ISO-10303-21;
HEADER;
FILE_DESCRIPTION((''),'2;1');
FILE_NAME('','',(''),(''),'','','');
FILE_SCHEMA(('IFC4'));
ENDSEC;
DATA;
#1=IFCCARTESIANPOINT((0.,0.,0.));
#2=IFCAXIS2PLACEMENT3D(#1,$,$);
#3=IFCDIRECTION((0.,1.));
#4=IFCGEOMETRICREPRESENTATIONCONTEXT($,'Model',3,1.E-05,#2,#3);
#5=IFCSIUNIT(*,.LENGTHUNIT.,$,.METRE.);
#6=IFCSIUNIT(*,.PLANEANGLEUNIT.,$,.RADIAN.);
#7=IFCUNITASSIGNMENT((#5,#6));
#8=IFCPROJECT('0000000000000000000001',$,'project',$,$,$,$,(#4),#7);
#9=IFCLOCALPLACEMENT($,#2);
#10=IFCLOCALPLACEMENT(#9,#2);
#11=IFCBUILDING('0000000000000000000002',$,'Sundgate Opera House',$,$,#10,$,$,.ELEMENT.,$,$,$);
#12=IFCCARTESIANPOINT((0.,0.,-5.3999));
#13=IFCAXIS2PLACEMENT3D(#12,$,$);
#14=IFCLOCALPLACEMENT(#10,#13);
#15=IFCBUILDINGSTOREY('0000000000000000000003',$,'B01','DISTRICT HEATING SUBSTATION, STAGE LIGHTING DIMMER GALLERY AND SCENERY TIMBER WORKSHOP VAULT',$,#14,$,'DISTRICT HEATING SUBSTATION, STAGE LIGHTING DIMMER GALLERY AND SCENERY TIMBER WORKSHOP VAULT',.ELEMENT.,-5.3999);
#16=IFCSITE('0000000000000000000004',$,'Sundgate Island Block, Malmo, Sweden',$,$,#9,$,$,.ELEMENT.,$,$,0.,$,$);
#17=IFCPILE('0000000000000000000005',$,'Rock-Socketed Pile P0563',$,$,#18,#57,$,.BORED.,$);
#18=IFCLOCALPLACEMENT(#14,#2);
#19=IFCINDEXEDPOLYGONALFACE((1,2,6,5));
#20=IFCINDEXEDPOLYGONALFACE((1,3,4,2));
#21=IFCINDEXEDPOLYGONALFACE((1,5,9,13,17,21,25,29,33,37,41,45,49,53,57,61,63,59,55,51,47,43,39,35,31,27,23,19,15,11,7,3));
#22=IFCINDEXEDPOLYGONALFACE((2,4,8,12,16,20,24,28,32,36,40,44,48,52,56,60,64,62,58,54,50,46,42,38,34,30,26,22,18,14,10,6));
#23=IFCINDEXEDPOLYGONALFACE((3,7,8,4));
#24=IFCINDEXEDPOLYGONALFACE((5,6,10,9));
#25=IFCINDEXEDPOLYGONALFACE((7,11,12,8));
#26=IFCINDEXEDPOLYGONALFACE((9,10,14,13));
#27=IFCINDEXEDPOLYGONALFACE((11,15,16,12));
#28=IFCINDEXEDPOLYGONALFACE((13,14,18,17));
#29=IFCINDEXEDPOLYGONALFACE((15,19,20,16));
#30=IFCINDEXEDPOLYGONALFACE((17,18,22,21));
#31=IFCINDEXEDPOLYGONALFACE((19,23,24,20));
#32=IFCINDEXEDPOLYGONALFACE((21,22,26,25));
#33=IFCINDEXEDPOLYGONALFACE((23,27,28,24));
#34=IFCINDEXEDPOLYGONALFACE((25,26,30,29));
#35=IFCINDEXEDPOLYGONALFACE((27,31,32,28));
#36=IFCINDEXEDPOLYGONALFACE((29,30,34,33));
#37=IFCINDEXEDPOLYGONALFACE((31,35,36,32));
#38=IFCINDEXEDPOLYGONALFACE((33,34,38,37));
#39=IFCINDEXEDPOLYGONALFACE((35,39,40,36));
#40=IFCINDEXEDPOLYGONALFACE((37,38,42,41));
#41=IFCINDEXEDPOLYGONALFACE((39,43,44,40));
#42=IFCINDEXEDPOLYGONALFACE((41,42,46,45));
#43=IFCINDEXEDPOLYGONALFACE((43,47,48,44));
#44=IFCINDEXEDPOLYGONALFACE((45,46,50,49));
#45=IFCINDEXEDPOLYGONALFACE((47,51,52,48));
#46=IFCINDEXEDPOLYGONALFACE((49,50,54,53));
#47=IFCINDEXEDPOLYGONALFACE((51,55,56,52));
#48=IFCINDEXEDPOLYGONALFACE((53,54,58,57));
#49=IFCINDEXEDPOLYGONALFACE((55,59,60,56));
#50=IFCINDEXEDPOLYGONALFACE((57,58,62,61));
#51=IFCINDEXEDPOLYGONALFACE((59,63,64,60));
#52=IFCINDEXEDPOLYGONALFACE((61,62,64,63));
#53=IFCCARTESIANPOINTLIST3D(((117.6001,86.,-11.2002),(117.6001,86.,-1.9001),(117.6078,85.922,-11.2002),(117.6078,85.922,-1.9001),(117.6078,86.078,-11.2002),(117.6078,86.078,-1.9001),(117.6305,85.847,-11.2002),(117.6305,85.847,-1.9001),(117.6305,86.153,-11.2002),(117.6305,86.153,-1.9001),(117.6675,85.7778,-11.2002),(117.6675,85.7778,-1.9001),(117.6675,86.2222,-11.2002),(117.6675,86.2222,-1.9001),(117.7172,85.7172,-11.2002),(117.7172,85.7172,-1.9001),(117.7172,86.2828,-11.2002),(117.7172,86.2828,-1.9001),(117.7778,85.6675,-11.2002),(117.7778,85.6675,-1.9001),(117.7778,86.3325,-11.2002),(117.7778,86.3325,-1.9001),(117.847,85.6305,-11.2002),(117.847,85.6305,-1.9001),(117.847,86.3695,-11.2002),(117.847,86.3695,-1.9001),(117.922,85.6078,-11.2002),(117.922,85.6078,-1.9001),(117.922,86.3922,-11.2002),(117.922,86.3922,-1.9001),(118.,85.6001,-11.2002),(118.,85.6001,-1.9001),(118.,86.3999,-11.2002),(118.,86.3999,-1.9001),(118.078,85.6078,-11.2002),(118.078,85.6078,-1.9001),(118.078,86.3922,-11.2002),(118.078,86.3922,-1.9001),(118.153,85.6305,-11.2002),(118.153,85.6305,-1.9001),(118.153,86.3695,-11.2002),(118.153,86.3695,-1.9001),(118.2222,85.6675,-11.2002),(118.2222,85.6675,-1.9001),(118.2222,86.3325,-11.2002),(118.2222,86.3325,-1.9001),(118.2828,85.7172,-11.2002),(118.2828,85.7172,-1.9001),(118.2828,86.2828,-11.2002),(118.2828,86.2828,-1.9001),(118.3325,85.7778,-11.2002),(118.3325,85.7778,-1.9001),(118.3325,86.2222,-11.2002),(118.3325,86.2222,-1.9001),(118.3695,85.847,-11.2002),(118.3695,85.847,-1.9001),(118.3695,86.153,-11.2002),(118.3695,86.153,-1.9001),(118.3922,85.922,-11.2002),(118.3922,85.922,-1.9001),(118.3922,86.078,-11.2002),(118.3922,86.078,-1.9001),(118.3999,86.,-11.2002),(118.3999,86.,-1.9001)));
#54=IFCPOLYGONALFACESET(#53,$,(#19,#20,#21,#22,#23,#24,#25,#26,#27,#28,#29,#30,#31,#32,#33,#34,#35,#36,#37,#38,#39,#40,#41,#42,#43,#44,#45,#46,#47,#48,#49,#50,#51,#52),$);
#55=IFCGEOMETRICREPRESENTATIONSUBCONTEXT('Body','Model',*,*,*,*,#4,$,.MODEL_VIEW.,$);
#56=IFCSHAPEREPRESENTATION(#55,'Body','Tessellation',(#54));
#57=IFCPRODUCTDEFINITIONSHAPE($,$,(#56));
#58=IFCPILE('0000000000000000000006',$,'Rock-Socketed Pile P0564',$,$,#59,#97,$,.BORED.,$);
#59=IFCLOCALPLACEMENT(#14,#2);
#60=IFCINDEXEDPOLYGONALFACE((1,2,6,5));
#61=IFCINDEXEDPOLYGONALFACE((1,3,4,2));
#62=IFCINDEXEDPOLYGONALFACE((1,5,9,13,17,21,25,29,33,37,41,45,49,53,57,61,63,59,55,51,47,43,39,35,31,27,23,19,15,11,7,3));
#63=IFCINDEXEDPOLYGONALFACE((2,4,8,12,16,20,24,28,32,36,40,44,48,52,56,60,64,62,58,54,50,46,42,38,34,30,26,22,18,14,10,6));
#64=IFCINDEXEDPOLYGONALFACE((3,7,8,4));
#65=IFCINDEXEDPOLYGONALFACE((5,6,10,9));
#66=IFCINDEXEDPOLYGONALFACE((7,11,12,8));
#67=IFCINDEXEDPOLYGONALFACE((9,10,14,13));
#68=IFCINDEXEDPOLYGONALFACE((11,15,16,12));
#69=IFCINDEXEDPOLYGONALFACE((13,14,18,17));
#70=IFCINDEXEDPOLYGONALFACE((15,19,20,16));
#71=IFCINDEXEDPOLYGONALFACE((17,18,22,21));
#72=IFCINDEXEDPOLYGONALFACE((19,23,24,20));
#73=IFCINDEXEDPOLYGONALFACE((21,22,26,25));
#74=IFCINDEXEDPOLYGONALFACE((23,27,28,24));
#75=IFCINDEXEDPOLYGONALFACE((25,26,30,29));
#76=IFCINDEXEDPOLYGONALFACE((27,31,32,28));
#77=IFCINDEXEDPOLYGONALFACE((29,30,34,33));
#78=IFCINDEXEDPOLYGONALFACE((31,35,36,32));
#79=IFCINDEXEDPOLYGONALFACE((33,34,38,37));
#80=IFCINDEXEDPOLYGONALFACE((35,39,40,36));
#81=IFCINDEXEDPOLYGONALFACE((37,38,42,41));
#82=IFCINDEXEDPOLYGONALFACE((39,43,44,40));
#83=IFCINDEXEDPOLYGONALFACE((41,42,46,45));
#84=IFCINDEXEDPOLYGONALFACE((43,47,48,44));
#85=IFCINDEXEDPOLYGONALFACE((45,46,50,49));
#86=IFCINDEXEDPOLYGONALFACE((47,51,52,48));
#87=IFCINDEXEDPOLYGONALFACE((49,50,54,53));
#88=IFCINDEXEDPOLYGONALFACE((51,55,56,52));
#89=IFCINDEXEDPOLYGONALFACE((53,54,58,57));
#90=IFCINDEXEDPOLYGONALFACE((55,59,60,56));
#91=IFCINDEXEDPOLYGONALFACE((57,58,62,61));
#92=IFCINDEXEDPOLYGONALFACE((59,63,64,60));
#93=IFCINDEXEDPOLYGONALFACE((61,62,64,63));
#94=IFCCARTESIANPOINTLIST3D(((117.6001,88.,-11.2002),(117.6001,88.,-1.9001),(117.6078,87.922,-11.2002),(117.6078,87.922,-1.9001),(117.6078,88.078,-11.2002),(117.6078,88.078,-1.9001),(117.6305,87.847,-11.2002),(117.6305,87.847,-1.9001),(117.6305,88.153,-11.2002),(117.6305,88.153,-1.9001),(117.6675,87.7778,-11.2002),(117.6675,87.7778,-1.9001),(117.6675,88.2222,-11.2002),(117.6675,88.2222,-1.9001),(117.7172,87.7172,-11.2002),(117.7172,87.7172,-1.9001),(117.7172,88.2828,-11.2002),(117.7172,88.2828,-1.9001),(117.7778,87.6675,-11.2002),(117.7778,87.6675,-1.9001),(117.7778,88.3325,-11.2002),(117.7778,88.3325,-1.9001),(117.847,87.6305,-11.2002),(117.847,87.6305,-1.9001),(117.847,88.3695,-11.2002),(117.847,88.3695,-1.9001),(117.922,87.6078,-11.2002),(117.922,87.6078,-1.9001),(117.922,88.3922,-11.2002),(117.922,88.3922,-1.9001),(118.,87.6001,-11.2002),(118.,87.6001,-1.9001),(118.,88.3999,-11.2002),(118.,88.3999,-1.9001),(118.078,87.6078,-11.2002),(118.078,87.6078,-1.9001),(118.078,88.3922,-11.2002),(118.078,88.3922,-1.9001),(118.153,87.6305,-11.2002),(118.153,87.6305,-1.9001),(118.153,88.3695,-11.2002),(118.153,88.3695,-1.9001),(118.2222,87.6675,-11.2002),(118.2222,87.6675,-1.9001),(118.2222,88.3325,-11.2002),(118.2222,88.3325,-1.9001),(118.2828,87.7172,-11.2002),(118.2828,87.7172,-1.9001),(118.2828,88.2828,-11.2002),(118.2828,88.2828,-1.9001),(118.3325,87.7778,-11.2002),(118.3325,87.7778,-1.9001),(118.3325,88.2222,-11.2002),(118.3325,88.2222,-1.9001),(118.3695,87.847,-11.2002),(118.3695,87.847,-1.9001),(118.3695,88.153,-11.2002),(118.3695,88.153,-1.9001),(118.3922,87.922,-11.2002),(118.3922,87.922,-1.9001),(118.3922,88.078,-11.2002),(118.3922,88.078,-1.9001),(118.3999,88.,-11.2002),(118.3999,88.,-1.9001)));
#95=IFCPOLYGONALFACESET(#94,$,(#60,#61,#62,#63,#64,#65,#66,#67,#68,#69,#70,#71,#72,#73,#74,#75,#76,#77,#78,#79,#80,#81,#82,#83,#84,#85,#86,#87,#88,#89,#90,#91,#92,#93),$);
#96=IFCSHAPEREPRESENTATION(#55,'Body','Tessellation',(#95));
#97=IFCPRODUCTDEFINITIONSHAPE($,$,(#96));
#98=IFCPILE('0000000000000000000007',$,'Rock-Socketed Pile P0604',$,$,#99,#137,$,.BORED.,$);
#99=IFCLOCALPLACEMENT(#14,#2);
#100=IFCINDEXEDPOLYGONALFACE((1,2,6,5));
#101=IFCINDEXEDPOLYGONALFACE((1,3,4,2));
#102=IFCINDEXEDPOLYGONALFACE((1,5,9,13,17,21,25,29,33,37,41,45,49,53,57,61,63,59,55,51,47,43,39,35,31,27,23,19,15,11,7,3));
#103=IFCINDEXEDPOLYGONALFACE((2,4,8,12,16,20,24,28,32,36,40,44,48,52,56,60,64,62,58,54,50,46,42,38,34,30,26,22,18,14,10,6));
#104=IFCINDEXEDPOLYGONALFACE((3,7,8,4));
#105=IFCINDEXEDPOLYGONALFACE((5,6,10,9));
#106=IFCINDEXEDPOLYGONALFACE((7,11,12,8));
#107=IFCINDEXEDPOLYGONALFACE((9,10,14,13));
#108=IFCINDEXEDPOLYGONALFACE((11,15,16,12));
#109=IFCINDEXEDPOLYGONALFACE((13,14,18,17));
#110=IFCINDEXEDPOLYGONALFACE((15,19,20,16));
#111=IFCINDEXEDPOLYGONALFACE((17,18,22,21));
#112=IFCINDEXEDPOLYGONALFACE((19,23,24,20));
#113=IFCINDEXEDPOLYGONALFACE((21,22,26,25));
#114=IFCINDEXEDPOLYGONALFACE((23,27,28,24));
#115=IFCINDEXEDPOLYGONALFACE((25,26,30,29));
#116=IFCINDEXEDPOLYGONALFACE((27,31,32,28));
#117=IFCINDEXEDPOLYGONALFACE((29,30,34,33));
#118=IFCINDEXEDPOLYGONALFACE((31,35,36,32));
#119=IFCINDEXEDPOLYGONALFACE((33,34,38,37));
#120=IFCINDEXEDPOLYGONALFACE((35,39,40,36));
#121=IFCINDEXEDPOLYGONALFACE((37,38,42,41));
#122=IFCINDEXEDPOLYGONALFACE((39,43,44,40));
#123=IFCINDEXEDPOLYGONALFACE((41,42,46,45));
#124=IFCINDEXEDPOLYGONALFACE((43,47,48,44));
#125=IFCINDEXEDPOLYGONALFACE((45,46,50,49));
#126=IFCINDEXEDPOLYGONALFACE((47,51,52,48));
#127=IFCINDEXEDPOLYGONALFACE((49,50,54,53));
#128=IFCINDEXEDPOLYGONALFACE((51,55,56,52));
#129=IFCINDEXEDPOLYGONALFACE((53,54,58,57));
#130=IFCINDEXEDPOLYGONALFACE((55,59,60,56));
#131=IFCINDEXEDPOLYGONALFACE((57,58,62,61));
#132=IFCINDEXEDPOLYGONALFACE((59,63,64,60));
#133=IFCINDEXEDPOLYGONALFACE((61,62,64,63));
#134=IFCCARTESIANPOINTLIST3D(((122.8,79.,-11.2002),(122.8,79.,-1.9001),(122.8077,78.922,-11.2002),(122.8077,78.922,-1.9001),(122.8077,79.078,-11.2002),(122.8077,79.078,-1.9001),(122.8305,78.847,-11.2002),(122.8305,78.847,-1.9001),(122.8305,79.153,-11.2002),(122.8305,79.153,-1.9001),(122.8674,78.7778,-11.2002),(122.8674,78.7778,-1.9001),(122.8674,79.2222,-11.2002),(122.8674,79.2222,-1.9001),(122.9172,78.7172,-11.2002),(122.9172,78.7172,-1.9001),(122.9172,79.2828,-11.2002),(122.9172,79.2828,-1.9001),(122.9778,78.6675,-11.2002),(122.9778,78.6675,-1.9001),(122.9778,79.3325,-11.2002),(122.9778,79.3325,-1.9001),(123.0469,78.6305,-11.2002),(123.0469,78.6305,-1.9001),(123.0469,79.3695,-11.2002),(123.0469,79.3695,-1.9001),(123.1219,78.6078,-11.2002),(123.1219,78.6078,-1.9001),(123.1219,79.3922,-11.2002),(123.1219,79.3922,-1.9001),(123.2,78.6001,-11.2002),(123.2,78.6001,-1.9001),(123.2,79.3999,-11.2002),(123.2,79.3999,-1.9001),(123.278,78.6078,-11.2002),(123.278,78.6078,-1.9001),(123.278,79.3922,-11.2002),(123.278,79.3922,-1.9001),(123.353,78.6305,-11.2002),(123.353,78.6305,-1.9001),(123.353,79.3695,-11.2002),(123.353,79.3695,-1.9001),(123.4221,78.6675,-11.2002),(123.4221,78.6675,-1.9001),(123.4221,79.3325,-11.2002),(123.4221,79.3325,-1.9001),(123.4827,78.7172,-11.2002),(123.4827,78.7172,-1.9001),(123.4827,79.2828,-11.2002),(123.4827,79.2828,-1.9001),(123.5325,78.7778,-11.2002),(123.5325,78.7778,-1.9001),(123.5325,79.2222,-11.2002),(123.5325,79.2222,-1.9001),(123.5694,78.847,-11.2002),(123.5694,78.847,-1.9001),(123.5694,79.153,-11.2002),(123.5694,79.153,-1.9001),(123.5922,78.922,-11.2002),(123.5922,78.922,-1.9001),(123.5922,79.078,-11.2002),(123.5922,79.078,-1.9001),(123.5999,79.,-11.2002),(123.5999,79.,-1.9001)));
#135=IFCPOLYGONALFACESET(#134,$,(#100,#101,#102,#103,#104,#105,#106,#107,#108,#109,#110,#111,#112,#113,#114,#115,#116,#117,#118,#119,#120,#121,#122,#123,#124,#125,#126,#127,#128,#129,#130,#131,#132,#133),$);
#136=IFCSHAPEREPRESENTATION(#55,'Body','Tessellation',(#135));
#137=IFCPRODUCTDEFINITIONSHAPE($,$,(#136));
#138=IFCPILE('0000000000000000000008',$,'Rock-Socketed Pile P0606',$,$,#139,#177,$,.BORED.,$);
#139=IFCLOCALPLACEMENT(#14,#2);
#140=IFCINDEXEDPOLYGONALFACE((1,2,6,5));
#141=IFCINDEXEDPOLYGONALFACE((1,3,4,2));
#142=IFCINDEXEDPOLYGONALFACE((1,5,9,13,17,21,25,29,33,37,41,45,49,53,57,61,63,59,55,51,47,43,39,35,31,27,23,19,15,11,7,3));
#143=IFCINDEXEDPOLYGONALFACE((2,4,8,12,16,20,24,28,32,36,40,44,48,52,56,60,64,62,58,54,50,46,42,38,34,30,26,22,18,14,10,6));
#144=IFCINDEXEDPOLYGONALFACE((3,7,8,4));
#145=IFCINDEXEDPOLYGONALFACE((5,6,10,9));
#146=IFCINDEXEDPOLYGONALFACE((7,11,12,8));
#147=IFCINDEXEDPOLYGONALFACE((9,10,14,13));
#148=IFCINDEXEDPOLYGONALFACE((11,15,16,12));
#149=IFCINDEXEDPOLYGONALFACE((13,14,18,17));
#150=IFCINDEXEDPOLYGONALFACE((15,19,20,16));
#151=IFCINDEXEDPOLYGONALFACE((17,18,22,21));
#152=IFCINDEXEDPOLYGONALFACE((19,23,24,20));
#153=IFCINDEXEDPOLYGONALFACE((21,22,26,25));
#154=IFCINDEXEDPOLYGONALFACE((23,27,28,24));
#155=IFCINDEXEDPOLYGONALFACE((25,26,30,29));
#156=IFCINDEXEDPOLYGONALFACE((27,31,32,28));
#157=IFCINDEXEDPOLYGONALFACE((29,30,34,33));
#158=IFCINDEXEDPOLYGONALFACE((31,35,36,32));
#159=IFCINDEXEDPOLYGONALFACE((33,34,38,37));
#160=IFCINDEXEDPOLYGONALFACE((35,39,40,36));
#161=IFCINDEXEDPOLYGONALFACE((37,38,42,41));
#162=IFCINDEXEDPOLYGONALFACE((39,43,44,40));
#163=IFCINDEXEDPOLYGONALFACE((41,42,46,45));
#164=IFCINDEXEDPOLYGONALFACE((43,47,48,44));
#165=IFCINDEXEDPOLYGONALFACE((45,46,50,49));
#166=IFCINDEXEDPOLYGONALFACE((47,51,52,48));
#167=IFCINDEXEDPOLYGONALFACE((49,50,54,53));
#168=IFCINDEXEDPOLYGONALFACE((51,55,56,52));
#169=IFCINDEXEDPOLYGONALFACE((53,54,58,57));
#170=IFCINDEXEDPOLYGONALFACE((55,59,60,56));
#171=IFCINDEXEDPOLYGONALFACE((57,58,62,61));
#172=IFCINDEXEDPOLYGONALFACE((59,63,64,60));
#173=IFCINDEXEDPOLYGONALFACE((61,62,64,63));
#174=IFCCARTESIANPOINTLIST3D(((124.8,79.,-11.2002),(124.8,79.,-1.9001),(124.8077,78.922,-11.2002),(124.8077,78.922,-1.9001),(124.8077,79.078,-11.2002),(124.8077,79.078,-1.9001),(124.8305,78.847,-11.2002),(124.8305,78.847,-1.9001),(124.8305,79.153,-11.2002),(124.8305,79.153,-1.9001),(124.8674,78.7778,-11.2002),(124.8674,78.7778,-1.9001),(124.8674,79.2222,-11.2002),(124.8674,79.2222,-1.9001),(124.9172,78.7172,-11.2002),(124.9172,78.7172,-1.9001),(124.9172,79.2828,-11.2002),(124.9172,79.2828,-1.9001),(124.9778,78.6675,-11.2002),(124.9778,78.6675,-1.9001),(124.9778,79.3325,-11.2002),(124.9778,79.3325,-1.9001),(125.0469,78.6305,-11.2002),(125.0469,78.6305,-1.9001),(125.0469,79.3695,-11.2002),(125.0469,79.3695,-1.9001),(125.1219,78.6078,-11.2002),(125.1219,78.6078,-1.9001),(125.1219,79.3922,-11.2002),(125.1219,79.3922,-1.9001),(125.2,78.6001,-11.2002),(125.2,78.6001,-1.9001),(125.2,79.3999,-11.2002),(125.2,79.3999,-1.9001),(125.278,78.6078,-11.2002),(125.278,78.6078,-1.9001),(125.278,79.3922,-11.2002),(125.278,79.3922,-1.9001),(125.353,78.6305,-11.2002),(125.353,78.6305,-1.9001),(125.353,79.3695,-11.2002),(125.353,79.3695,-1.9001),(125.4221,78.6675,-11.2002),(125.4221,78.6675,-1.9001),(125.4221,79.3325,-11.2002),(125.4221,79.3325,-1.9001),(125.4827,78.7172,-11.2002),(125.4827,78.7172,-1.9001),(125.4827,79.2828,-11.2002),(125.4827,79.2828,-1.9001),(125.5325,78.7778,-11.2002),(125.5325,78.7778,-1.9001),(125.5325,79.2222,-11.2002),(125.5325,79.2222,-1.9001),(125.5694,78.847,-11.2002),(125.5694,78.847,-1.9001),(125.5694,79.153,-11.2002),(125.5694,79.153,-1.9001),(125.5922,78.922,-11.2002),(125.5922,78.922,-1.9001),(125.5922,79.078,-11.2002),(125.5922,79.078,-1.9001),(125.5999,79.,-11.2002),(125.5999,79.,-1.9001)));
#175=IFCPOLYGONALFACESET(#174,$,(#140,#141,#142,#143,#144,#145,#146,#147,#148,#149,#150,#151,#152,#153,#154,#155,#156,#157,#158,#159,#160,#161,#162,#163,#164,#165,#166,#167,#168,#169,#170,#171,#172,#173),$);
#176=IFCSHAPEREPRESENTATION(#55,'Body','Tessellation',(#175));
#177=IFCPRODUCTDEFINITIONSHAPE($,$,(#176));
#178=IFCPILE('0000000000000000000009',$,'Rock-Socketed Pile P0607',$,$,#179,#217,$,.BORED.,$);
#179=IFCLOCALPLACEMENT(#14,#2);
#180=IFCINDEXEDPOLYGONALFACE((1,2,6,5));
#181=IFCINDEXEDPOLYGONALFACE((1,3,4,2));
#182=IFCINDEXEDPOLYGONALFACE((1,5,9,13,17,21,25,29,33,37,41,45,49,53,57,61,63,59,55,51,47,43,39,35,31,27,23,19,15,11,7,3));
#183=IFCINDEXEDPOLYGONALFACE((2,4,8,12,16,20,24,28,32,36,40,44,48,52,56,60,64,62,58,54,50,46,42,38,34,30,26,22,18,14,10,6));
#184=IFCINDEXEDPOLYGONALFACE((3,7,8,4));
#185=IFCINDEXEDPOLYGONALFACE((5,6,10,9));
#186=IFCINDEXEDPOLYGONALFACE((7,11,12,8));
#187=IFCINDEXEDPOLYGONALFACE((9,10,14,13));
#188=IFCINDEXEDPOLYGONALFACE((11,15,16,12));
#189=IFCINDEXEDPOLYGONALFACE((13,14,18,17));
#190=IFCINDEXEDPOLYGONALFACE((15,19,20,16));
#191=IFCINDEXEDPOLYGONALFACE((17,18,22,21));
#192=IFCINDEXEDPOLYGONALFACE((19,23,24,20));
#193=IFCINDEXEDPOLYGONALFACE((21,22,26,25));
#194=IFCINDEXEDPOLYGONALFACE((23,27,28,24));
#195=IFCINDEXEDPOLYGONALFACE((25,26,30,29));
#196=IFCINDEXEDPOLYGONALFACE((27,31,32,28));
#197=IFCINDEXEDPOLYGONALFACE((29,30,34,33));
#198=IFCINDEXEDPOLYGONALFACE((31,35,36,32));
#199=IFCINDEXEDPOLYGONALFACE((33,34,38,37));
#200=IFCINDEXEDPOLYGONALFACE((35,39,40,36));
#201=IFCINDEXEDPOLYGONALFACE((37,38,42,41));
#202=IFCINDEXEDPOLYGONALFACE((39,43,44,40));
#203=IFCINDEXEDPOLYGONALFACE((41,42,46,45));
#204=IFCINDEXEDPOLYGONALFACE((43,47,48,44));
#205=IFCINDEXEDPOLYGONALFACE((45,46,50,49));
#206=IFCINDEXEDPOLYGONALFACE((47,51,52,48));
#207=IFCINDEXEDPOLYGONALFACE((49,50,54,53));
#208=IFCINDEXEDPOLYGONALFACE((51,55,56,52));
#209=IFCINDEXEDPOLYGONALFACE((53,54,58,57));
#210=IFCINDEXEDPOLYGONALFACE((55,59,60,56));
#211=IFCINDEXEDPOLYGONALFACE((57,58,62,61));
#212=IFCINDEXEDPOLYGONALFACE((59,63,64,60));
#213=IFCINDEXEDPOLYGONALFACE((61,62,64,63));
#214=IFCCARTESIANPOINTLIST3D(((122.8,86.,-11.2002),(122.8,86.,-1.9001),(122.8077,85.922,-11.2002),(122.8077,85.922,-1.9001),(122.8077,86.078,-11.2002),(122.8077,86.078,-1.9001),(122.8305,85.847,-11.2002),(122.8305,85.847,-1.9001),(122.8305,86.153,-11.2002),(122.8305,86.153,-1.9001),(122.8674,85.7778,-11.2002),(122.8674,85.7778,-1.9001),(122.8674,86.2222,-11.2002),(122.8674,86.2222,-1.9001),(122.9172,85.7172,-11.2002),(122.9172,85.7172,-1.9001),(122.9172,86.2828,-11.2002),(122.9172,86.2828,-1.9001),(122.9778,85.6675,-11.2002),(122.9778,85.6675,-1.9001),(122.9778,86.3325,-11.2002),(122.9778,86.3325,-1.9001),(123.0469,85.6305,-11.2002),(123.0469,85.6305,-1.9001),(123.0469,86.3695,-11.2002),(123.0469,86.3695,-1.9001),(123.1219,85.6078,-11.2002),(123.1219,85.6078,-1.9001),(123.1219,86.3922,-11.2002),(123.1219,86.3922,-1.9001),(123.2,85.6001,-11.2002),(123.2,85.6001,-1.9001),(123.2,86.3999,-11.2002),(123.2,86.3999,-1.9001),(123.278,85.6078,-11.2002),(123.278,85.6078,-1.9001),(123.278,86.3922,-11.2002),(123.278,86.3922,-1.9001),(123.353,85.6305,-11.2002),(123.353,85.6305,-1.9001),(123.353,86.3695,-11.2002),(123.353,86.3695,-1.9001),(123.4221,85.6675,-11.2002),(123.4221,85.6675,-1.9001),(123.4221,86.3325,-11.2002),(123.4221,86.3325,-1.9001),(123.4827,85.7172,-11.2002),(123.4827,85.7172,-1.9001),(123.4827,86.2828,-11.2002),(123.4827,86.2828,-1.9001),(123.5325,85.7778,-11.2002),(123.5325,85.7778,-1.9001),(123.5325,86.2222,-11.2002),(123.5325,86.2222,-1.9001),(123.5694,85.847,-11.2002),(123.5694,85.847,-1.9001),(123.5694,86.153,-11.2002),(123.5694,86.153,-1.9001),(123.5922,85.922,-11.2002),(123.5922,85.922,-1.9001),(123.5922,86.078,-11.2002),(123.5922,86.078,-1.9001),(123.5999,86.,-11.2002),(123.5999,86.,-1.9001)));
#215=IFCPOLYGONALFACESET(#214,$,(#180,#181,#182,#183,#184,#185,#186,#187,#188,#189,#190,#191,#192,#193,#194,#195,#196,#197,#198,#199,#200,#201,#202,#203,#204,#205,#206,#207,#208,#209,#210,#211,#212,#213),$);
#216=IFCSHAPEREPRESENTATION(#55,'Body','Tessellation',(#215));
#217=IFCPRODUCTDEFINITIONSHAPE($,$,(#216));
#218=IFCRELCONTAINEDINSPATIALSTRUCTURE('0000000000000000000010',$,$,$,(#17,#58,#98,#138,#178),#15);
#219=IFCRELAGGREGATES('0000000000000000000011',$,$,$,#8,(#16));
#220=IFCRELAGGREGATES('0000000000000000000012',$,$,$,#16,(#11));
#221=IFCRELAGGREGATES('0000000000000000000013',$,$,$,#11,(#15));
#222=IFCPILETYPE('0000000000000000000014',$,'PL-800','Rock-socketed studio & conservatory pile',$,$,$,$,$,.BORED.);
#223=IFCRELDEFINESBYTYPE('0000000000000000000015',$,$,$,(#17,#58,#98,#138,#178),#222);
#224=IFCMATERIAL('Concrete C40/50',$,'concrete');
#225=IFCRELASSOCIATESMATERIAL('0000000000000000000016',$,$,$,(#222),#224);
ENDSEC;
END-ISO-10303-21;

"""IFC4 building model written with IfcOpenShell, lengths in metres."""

from ifc_helpers import new_model, si_unit, direction, frame, origin, origin_2d, place, context, subcontext, project, spatial, circle, extrude, material, material_profile, profile_set, type_object, element, save


model = new_model("IFC4")

# Units and contexts
model_context = context("Model", 3, precision=1e-05, world=origin(), true_north=direction((0.0, 1.0)))
body_context = subcontext(model_context, "Body", "Model", "MODEL_VIEW")
ifc_project = project(units=[si_unit("LENGTHUNIT", "METRE"), si_unit("PLANEANGLEUNIT", "RADIAN")], contexts=[model_context])

# Site, building, storey
site_placement = place(None, origin())
site = spatial("IfcSite", under=ifc_project, at=site_placement, Name="Sundgate Island Block, Malmo, Sweden", CompositionType="ELEMENT", RefElevation=0.0)
building_placement = place(site_placement, origin())
building = spatial("IfcBuilding", under=site, at=building_placement, Name="Sundgate Opera House", CompositionType="ELEMENT")
storey_placement = place(building_placement, frame((0.0, 0.0, -5.3999)))
storey = spatial("IfcBuildingStorey", under=building, at=storey_placement, Name="B01", Description="DISTRICT HEATING SUBSTATION, STAGE LIGHTING DIMMER GALLERY AND SCENERY TIMBER WORKSHOP VAULT", LongName="DISTRICT HEATING SUBSTATION, STAGE LIGHTING DIMMER GALLERY AND SCENERY TIMBER WORKSHOP VAULT", CompositionType="ELEMENT", Elevation=-5.3999)

# Piles
ifc_material_1 = material(Name="Concrete C40/50", Category="concrete")
ifc_material_profile_1 = material_profile(ifc_material_1, circle(Radius=0.3999, at=origin_2d()), Name="PILE D800")
ifc_profile_set_1 = profile_set([ifc_material_profile_1], Name="Concrete C40/50")
pile_type = type_object("IfcPileType", Name="PL-800", Description="Rock-socketed studio & conservatory pile", PredefinedType="BORED", material=ifc_profile_set_1)
for number, where, z_axis, x_axis, name in (
    (1, (118.0, 86.0, -1.9001), (0.0, 0.0, -1.0), (1.0, 0.0, 0.0), "Rock-Socketed Pile P0563"),
    (2, (118.0, 88.0, -1.9001), (0.0, 0.0, -1.0), (1.0, 0.0, 0.0), "Rock-Socketed Pile P0564"),
    (3, (123.2, 79.0, -1.9001), (0.0, 0.0, -1.0), (1.0, 0.0, 0.0), "Rock-Socketed Pile P0604"),
    (4, (125.2, 79.0, -1.9001), (0.0, 0.0, -1.0), (1.0, 0.0, 0.0), "Rock-Socketed Pile P0606"),
    (5, (123.2, 86.0, -1.9001), (0.0, 0.0, -1.0), (1.0, 0.0, 0.0), "Rock-Socketed Pile P0607"),
):
    element("IfcPile", number, at=place(storey_placement, frame(where, z_axis=z_axis, x_axis=x_axis)), inside=storey, type_object=pile_type, Name=name, PredefinedType="BORED", context=body_context, shape_type="SweptSolid", body=[
        extrude(circle(Radius=0.3999, at=origin_2d()), origin(), (0.0, 0.0, 1.0), 9.3),
    ])

save(model, "model.ifc")
